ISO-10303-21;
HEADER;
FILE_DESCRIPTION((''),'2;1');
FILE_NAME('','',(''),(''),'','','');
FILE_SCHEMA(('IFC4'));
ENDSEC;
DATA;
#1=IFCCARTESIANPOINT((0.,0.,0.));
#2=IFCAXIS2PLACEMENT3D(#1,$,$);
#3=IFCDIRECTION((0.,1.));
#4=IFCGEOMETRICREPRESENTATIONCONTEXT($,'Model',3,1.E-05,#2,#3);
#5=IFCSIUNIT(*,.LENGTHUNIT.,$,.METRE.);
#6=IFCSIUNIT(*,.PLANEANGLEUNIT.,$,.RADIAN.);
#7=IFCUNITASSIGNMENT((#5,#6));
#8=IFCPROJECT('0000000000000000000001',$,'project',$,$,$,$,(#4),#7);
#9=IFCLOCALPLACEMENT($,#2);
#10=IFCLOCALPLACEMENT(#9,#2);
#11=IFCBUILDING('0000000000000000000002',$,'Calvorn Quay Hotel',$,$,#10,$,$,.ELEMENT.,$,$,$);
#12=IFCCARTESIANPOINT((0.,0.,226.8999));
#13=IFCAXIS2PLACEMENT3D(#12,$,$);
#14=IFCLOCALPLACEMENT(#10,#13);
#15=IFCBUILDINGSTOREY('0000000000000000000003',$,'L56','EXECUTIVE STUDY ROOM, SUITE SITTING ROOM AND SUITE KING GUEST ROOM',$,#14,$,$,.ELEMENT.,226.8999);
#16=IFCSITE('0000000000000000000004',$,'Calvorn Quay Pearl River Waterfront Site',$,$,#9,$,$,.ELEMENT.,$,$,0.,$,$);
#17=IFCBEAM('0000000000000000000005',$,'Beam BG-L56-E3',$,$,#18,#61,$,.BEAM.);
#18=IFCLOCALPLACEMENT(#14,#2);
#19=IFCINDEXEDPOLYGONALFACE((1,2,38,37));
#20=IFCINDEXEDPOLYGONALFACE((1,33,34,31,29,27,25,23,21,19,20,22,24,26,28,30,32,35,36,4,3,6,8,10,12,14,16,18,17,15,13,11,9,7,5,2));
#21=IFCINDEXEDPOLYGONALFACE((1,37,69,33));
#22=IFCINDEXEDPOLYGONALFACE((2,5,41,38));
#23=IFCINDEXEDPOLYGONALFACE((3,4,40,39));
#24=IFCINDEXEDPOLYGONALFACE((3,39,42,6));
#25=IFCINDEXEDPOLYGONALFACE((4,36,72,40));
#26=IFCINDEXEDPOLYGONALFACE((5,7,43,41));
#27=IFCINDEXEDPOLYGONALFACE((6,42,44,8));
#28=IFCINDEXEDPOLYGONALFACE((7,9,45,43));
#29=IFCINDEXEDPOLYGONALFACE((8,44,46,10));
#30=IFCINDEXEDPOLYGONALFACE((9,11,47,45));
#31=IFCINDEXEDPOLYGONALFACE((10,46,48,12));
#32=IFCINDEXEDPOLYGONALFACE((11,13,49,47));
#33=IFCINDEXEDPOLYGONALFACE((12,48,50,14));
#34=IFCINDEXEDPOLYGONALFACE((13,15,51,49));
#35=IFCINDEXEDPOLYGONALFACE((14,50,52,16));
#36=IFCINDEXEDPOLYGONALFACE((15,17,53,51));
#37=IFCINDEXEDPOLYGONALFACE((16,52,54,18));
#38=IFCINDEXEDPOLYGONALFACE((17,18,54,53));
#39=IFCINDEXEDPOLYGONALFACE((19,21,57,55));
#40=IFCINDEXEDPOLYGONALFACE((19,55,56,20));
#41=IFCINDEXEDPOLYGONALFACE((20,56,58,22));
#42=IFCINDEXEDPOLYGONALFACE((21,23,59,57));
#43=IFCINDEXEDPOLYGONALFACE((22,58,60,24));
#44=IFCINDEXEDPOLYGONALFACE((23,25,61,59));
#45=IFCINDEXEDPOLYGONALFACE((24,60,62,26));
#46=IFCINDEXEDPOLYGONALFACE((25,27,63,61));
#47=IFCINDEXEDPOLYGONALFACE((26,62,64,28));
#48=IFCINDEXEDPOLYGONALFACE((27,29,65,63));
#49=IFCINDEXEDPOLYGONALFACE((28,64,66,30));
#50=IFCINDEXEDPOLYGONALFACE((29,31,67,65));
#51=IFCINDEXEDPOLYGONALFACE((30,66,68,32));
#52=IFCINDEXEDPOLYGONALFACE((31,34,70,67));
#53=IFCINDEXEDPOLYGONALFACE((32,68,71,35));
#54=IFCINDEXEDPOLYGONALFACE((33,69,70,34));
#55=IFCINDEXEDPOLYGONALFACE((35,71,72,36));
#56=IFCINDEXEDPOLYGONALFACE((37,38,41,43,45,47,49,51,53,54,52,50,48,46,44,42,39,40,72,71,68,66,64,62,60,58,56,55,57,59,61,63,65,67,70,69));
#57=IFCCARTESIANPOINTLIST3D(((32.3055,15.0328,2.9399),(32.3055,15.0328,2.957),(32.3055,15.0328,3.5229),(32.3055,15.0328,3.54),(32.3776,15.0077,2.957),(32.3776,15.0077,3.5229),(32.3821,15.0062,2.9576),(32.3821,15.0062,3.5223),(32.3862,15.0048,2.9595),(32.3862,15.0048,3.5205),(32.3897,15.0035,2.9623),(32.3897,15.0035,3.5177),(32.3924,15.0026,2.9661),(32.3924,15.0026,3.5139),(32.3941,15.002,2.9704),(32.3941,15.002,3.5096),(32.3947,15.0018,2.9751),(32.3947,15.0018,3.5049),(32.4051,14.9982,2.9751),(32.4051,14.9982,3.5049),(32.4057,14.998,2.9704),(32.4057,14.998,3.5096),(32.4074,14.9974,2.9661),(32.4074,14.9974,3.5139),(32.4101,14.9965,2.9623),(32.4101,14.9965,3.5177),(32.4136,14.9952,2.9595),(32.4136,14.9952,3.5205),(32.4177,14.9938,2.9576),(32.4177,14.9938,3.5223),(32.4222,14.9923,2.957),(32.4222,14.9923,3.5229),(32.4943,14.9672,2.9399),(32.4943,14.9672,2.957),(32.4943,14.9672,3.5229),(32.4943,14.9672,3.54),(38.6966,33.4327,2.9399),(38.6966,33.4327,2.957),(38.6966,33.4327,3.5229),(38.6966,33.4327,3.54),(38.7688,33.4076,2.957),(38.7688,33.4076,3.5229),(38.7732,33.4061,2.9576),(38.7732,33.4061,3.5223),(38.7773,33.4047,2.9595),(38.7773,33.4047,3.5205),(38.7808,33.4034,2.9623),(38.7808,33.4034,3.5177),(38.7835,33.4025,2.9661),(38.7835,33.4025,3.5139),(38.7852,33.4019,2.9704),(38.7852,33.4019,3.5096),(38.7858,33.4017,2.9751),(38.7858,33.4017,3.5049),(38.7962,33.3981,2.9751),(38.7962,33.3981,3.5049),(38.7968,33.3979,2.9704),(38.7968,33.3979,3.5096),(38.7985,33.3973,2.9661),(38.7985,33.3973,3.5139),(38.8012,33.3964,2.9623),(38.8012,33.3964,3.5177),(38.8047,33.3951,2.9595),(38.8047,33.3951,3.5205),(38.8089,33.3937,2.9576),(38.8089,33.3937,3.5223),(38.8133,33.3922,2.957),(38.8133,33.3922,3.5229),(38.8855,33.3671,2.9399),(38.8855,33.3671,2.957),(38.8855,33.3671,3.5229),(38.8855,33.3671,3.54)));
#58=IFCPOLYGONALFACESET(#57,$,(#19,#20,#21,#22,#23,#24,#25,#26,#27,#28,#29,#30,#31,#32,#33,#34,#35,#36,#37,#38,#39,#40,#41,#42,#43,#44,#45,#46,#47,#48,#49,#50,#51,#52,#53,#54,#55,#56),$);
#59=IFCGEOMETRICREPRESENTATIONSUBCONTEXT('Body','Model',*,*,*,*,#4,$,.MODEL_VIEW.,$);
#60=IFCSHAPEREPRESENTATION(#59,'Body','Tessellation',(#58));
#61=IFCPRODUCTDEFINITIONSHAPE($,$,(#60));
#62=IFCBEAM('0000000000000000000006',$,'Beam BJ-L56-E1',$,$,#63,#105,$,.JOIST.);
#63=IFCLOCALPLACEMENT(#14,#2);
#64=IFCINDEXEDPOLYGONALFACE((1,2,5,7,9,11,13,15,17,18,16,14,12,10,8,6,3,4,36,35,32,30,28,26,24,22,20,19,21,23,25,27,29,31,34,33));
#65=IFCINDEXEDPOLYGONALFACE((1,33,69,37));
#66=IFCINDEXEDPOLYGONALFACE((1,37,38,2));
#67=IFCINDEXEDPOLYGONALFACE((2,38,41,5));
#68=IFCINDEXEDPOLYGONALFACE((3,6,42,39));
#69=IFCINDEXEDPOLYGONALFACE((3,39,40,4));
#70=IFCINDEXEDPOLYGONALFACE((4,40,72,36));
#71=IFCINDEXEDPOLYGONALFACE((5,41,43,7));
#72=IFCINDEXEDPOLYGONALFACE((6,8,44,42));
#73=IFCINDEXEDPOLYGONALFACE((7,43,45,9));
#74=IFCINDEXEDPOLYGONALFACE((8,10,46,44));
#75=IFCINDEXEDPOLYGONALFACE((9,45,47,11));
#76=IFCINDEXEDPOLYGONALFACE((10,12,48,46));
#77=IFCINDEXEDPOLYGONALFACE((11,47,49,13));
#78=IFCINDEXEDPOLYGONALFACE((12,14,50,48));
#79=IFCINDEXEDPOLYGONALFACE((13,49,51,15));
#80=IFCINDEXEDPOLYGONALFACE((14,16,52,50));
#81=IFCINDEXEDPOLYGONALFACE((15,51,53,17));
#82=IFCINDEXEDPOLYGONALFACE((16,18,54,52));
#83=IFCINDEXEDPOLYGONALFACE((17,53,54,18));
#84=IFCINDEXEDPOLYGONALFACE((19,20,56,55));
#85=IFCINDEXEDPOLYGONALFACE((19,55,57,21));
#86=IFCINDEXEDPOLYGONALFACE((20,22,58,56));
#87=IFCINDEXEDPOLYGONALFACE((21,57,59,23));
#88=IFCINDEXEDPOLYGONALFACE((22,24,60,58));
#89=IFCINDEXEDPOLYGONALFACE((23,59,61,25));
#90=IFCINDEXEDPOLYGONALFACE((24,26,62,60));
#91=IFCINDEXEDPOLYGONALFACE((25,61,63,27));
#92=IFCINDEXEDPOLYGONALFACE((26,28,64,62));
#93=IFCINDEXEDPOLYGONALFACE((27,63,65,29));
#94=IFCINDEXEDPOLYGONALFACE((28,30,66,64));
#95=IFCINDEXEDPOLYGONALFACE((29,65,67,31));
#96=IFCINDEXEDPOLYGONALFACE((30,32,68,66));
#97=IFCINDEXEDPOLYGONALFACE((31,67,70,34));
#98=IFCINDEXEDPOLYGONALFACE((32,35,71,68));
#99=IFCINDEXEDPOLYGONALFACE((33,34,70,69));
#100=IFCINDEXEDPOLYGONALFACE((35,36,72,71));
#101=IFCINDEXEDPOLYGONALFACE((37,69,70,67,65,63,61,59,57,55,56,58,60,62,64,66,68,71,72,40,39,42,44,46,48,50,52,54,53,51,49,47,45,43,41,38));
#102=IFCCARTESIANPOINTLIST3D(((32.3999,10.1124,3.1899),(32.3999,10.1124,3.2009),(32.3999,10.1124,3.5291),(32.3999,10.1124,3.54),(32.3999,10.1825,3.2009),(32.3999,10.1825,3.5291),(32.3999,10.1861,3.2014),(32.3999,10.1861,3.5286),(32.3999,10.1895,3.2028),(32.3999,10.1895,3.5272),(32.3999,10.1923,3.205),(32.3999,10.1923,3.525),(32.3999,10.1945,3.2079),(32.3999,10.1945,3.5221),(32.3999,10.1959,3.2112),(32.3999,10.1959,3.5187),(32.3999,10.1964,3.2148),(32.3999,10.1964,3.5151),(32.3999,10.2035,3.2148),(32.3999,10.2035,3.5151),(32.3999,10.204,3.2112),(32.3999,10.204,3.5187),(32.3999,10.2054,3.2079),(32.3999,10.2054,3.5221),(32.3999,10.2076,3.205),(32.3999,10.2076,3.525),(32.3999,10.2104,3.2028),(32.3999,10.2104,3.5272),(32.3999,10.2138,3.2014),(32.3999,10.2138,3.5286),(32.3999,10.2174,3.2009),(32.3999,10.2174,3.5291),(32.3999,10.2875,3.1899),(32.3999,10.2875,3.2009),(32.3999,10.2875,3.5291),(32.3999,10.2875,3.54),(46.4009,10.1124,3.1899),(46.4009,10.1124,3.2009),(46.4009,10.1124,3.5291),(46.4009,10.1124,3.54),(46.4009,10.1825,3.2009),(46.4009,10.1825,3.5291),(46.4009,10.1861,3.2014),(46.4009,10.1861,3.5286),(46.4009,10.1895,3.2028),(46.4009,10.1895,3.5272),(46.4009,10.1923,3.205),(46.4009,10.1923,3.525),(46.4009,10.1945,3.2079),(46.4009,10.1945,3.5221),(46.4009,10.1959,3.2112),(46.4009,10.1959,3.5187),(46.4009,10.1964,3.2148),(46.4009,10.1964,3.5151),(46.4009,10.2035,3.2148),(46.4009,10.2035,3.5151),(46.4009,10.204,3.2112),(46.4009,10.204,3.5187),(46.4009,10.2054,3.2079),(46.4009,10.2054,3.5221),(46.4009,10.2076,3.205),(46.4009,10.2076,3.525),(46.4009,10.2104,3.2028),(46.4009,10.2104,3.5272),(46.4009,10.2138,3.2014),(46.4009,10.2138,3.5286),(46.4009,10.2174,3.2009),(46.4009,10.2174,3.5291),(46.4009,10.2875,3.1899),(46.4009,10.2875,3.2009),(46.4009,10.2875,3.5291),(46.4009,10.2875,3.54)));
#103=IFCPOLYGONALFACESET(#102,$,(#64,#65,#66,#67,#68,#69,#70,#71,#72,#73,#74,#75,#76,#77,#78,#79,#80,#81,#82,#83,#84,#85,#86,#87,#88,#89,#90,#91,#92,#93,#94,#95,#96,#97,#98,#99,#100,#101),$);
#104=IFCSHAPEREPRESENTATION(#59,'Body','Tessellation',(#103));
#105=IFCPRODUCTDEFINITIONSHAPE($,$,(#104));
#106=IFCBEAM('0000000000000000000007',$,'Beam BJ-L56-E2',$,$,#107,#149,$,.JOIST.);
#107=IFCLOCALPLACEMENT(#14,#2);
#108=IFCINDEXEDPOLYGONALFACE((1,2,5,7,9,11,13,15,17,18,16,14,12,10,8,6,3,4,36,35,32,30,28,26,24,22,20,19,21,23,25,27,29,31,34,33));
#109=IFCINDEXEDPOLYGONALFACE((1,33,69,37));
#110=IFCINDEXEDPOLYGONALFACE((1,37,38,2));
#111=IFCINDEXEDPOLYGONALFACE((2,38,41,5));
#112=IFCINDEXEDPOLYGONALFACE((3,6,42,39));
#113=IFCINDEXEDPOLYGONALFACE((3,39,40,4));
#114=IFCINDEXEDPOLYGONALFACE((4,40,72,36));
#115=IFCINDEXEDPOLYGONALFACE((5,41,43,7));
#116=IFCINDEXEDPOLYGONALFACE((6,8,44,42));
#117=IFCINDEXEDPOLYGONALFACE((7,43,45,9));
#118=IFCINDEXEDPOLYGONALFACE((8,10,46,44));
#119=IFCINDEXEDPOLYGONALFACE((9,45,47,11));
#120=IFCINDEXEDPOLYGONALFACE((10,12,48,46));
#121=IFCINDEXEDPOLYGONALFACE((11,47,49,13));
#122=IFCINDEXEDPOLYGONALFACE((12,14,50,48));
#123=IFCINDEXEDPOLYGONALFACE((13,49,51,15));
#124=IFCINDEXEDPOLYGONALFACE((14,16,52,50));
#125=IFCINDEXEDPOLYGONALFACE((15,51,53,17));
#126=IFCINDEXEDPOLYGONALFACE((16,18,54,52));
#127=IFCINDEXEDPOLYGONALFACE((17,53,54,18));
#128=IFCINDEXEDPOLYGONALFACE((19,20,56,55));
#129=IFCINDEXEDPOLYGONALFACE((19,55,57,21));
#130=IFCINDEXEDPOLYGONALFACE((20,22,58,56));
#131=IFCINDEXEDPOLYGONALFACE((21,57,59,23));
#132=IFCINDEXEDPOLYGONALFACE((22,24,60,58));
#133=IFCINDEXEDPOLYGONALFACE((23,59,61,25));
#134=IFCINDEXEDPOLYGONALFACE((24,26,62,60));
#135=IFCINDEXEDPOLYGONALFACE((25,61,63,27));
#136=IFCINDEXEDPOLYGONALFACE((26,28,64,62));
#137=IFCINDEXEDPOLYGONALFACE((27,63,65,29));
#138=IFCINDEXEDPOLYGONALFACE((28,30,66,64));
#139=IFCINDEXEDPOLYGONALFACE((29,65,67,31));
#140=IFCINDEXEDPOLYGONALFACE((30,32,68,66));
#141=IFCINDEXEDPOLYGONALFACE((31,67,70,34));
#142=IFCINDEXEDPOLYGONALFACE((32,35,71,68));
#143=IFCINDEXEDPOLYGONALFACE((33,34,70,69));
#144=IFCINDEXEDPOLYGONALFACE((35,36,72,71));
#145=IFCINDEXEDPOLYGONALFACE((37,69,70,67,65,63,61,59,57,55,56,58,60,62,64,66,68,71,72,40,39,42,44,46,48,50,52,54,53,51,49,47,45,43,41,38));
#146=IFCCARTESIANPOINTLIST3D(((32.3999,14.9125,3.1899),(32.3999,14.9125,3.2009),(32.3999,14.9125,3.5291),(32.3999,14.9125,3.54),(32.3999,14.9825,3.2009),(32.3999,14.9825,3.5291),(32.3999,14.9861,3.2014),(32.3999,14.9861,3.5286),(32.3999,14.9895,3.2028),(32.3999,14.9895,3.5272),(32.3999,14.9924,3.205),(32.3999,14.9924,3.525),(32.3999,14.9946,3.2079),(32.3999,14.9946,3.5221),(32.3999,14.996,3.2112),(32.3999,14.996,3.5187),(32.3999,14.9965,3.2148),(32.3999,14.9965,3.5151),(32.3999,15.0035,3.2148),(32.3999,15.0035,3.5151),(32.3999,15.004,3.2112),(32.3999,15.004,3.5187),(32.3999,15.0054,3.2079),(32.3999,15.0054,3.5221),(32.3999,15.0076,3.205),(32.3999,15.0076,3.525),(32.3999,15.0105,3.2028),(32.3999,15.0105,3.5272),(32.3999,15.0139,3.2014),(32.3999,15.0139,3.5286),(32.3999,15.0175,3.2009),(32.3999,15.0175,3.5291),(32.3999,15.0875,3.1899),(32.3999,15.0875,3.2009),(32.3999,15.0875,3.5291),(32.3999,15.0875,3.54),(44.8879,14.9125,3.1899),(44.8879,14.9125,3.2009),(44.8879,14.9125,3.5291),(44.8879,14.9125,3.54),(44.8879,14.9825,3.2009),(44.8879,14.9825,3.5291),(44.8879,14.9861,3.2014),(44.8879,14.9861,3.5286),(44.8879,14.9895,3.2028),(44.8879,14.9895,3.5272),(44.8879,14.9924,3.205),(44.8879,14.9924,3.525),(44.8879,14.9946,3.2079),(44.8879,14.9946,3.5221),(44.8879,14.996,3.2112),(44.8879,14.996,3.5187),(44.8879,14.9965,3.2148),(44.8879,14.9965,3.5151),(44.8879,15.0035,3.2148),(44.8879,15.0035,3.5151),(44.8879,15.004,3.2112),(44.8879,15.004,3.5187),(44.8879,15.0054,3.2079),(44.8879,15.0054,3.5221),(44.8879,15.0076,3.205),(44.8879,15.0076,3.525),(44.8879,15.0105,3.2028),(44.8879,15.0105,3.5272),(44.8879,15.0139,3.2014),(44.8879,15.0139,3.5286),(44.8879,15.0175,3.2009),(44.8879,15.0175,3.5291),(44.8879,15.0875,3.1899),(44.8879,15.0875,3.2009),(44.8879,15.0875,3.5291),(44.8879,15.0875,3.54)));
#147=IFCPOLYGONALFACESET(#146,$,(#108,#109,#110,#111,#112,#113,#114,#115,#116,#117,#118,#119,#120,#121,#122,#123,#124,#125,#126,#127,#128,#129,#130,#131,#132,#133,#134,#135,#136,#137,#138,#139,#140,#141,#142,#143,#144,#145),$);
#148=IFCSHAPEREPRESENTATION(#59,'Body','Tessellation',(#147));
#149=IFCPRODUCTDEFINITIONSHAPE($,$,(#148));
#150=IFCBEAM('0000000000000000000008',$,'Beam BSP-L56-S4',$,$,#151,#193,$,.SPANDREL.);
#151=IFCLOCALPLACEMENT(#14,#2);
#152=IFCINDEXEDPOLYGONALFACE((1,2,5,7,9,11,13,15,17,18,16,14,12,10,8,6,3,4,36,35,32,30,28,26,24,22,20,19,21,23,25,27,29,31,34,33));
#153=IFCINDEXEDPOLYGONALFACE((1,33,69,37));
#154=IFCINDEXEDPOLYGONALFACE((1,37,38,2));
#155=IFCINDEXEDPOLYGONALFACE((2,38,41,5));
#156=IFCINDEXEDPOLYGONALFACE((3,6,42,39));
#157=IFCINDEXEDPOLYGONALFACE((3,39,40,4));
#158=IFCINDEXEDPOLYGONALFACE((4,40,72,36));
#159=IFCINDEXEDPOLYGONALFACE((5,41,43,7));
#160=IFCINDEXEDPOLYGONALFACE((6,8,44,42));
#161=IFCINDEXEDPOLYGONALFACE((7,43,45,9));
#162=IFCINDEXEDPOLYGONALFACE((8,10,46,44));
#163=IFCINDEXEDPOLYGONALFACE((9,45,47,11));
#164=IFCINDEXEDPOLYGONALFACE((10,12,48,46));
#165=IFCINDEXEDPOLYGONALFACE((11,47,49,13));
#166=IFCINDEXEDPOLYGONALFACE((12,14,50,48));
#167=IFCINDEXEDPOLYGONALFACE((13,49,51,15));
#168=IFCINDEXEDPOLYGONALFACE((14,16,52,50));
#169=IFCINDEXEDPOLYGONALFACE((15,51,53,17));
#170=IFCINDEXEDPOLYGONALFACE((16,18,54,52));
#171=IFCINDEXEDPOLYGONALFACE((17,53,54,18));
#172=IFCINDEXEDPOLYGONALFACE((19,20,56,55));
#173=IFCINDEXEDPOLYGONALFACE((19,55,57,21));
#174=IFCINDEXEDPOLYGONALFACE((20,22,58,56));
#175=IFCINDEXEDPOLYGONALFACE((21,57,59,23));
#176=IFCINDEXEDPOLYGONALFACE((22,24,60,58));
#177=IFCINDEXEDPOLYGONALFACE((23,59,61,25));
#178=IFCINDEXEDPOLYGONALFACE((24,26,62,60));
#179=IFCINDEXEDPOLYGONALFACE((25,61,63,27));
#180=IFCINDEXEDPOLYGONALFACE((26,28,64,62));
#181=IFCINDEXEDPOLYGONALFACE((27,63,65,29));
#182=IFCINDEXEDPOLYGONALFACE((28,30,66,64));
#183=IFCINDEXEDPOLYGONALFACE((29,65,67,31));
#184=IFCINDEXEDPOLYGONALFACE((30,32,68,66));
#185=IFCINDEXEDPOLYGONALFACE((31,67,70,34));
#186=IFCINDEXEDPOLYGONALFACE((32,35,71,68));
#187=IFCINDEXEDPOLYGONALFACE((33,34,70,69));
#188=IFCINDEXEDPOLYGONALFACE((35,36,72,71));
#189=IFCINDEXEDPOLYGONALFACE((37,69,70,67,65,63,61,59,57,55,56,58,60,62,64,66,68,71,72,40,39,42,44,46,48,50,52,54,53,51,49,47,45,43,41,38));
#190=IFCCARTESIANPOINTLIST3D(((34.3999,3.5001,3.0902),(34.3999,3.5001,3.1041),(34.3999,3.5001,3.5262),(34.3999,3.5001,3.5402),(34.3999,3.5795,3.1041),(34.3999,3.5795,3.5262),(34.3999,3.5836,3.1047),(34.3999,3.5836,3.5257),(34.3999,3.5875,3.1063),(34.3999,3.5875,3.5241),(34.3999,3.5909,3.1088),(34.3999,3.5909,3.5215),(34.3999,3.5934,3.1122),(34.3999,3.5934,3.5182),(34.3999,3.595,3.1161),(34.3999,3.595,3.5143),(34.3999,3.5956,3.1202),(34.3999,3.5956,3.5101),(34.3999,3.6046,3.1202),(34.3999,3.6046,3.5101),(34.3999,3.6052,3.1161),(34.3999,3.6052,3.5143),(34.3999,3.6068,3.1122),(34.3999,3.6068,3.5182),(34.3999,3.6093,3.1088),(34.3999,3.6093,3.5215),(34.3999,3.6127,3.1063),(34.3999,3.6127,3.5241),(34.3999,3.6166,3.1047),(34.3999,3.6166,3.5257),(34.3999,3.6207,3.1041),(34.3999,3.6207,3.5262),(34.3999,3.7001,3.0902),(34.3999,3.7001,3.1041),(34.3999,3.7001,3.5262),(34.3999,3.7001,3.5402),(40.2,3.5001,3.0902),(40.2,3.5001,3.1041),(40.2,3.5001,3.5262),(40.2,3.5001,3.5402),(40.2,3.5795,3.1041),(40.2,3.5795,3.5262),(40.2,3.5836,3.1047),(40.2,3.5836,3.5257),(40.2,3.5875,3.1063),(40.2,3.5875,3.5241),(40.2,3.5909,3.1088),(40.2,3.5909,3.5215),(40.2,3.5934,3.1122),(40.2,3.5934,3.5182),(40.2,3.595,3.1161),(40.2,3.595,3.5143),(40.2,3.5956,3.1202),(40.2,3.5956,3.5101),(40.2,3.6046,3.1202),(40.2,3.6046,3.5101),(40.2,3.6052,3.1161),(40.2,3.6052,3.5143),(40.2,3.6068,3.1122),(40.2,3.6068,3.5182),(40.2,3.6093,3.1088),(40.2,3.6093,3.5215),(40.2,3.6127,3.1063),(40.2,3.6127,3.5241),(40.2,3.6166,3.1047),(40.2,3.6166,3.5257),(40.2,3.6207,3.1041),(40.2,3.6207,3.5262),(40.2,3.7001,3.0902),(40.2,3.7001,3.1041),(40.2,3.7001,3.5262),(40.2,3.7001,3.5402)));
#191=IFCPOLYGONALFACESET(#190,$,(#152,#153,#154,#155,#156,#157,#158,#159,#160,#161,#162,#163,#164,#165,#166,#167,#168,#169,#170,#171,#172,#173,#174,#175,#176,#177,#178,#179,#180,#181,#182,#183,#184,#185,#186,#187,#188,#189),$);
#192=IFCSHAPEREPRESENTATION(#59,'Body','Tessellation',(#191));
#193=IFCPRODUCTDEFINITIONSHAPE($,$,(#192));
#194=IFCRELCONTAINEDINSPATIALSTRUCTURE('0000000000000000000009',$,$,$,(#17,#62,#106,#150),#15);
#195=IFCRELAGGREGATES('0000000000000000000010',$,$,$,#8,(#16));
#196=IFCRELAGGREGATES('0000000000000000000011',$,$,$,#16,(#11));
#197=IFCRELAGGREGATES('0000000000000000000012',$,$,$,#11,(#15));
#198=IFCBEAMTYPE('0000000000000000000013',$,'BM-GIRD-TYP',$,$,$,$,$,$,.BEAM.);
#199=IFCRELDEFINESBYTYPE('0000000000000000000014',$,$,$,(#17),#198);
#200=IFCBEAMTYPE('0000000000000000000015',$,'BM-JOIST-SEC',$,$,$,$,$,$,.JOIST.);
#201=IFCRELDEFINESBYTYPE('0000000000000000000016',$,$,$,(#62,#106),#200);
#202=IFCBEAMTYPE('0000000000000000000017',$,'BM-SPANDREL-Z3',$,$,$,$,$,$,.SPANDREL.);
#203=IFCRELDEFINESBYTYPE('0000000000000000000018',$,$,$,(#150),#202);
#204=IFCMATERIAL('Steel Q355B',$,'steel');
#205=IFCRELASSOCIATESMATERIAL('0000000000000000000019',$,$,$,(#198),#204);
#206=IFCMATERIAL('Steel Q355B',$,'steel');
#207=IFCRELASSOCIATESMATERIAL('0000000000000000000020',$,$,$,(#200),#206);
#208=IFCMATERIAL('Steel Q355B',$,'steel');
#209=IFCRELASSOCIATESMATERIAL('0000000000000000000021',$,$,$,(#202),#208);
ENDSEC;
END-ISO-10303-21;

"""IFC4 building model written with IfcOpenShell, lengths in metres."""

from ifc_helpers import new_model, si_unit, direction, frame, origin, origin_2d, place, context, subcontext, project, spatial, i_section, extrude, material, material_profile, profile_set, type_object, element, save


model = new_model("IFC4")

# Units and contexts
model_context = context("Model", 3, precision=1e-05, world=origin(), true_north=direction((0.0, 1.0)))
body_context = subcontext(model_context, "Body", "Model", "MODEL_VIEW")
ifc_project = project(units=[si_unit("LENGTHUNIT", "METRE"), si_unit("PLANEANGLEUNIT", "RADIAN")], contexts=[model_context])

# Site, building, storey
site_placement = place(None, origin())
site = spatial("IfcSite", under=ifc_project, at=site_placement, Name="Calvorn Quay Pearl River Waterfront Site", CompositionType="ELEMENT", RefElevation=0.0)
building_placement = place(site_placement, origin())
building = spatial("IfcBuilding", under=site, at=building_placement, Name="Calvorn Quay Hotel", CompositionType="ELEMENT")
storey_placement = place(building_placement, frame((0.0, 0.0, 226.8999)))
storey = spatial("IfcBuildingStorey", under=building, at=storey_placement, Name="L56", Description="EXECUTIVE STUDY ROOM, SUITE SITTING ROOM AND SUITE KING GUEST ROOM", CompositionType="ELEMENT", Elevation=226.8999)

# Beams
ifc_material_1 = material(Name="Steel Q355B", Category="steel")
ifc_material_profile_1 = material_profile(ifc_material_1, i_section(OverallWidth=0.2, OverallDepth=0.6001, WebThickness=0.011, FlangeThickness=0.0171, FilletRadius=0.0181, at=origin_2d()), Name="HN600x200x11x17")
ifc_profile_set_1 = profile_set([ifc_material_profile_1], Name="Steel Q355B")
beam_type_1 = type_object("IfcBeamType", Name="BM-GIRD-TYP", PredefinedType="BEAM", material=ifc_profile_set_1)
beam_1_placement = place(storey_placement, frame((32.3999, 15.0, 3.24), z_axis=(0.328115, 0.944638, 0.0), x_axis=(-0.944638, 0.328115, 0.0)))
element("IfcBeam", 1, at=beam_1_placement, inside=storey, type_object=beam_type_1, Name="Beam BG-L56-E3", PredefinedType="BEAM", context=body_context, shape_type="SweptSolid", body=[
    extrude(i_section(OverallWidth=0.2, OverallDepth=0.6001, WebThickness=0.011, FlangeThickness=0.0171, FilletRadius=0.0181, at=origin_2d()), origin(), (0.0, 0.0, 1.0), 19.4783),
])
ifc_material_2 = material(Name="Steel Q355B", Category="steel")
ifc_material_profile_2 = material_profile(ifc_material_2, i_section(OverallWidth=0.175, OverallDepth=0.3501, WebThickness=0.0071, FlangeThickness=0.011, FilletRadius=0.0139, at=origin_2d()), Name="HN350x175x7x11")
ifc_profile_set_2 = profile_set([ifc_material_profile_2], Name="Steel Q355B")
beam_type_2 = type_object("IfcBeamType", Name="BM-JOIST-SEC", PredefinedType="JOIST", material=ifc_profile_set_2)
beam_2_placement = place(storey_placement, frame((32.3999, 10.2, 3.365), z_axis=(1.0, 0.0, 0.0), x_axis=(0.0, 1.0, 0.0)))
element("IfcBeam", 2, at=beam_2_placement, inside=storey, type_object=beam_type_2, Name="Beam BJ-L56-E1", PredefinedType="JOIST", context=body_context, shape_type="SweptSolid", body=[
    extrude(i_section(OverallWidth=0.175, OverallDepth=0.3501, WebThickness=0.0071, FlangeThickness=0.011, FilletRadius=0.0139, at=origin_2d()), origin(), (0.0, 0.0, 1.0), 14.001),
])
beam_3_placement = place(storey_placement, frame((32.3999, 15.0, 3.365), z_axis=(1.0, 0.0, 0.0), x_axis=(0.0, 1.0, 0.0)))
element("IfcBeam", 3, at=beam_3_placement, inside=storey, type_object=beam_type_2, Name="Beam BJ-L56-E2", PredefinedType="JOIST", context=body_context, shape_type="SweptSolid", body=[
    extrude(i_section(OverallWidth=0.175, OverallDepth=0.3501, WebThickness=0.0071, FlangeThickness=0.011, FilletRadius=0.0139, at=origin_2d()), origin(), (0.0, 0.0, 1.0), 12.488),
])
ifc_material_3 = material(Name="Steel Q355B", Category="steel")
ifc_material_profile_3 = material_profile(ifc_material_3, i_section(OverallWidth=0.2, OverallDepth=0.45, WebThickness=0.009, FlangeThickness=0.0139, FilletRadius=0.0161, at=origin_2d()), Name="HN450x200x9x14")
ifc_profile_set_3 = profile_set([ifc_material_profile_3], Name="Steel Q355B")
beam_type_3 = type_object("IfcBeamType", Name="BM-SPANDREL-Z3", PredefinedType="SPANDREL", material=ifc_profile_set_3)
beam_4_placement = place(storey_placement, frame((34.3999, 3.6001, 3.3152), z_axis=(1.0, 0.0, 0.0), x_axis=(0.0, 1.0, 0.0)))
element("IfcBeam", 4, at=beam_4_placement, inside=storey, type_object=beam_type_3, Name="Beam BSP-L56-S4", PredefinedType="SPANDREL", context=body_context, shape_type="SweptSolid", body=[
    extrude(i_section(OverallWidth=0.2, OverallDepth=0.45, WebThickness=0.009, FlangeThickness=0.0139, FilletRadius=0.0161, at=origin_2d()), origin(), (0.0, 0.0, 1.0), 5.8),
])

save(model, "model.ifc")
